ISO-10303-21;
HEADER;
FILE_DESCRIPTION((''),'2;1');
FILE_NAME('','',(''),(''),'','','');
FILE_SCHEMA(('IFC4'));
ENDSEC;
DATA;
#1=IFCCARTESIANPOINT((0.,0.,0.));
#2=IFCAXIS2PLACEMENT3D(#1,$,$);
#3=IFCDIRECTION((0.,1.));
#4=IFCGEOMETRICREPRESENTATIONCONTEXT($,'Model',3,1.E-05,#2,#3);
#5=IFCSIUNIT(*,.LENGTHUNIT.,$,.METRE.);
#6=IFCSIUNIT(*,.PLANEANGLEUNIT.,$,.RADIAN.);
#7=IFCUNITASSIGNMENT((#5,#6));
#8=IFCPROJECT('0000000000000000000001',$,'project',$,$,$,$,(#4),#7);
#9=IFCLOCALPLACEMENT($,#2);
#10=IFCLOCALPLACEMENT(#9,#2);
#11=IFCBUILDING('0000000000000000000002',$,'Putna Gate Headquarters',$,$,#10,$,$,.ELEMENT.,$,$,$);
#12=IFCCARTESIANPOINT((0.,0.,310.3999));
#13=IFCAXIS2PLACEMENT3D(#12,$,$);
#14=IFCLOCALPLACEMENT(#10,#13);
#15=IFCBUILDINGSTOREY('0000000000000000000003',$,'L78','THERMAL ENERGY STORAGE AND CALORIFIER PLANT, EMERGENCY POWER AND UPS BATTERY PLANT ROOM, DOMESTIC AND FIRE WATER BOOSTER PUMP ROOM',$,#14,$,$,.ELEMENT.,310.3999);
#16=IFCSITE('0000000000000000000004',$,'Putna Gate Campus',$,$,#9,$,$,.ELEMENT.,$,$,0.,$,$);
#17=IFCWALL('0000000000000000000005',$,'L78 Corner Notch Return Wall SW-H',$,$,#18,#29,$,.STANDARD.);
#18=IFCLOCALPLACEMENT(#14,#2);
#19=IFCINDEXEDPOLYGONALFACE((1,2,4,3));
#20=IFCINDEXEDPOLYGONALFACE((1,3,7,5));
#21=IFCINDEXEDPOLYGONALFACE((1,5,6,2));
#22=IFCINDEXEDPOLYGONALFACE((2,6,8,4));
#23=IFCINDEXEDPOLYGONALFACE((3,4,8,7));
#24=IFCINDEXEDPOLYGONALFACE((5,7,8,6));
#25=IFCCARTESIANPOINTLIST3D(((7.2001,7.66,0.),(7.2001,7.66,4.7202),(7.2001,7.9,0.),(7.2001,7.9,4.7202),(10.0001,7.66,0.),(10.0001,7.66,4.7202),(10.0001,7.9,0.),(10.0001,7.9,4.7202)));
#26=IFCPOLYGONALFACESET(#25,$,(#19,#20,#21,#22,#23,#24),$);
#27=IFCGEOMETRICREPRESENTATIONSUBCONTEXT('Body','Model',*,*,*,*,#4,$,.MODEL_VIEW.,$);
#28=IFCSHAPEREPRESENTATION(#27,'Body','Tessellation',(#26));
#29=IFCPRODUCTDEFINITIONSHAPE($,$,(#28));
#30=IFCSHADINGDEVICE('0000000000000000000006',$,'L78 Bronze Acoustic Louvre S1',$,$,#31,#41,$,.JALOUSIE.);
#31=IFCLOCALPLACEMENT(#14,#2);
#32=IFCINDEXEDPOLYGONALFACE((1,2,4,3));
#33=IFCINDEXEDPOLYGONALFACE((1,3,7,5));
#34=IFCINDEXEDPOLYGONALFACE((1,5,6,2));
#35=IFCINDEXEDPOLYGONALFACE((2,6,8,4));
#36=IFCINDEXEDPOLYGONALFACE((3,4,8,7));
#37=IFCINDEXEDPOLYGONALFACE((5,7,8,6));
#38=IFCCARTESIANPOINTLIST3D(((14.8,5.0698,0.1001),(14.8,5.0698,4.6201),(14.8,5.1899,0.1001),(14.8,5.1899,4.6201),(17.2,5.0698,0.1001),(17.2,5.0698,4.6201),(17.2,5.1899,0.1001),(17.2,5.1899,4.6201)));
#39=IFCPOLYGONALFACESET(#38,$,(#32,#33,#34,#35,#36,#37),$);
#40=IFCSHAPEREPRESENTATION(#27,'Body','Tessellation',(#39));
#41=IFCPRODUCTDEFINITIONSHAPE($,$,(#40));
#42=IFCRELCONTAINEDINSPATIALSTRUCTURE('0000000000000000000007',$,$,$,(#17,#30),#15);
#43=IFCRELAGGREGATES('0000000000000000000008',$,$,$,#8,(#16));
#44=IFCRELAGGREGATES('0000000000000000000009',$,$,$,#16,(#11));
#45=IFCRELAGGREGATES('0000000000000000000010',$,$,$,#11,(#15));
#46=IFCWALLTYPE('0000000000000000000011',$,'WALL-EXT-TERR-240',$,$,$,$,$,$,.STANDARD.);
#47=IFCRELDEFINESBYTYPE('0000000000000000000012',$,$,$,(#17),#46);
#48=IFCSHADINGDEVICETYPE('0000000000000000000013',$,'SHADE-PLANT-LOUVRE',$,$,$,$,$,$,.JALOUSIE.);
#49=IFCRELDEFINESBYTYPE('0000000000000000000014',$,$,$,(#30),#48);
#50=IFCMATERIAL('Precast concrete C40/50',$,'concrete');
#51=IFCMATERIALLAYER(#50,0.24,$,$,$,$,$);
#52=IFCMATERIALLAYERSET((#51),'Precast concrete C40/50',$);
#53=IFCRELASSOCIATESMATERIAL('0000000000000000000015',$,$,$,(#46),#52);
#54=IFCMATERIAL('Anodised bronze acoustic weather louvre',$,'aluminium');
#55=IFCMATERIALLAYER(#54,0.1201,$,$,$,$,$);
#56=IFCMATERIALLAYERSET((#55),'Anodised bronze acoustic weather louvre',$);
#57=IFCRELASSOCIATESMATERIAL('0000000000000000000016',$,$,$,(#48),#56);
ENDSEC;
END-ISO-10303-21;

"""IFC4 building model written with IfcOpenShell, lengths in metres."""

from ifc_helpers import new_model, si_unit, direction, frame, frame_2d, origin, origin_2d, place, context, subcontext, project, spatial, rectangle, extrude, material, layer, layer_set, type_object, element, save


model = new_model("IFC4")

# Units and contexts
model_context = context("Model", 3, precision=1e-05, world=origin(), true_north=direction((0.0, 1.0)))
body_context = subcontext(model_context, "Body", "Model", "MODEL_VIEW")
ifc_project = project(units=[si_unit("LENGTHUNIT", "METRE"), si_unit("PLANEANGLEUNIT", "RADIAN")], contexts=[model_context])

# Site, building, storey
site_placement = place(None, origin())
site = spatial("IfcSite", under=ifc_project, at=site_placement, Name="Putna Gate Campus", CompositionType="ELEMENT", RefElevation=0.0)
building_placement = place(site_placement, origin())
building = spatial("IfcBuilding", under=site, at=building_placement, Name="Putna Gate Headquarters", CompositionType="ELEMENT")
storey_placement = place(building_placement, frame((0.0, 0.0, 310.3999)))
storey = spatial("IfcBuildingStorey", under=building, at=storey_placement, Name="L78", Description="THERMAL ENERGY STORAGE AND CALORIFIER PLANT, EMERGENCY POWER AND UPS BATTERY PLANT ROOM, DOMESTIC AND FIRE WATER BOOSTER PUMP ROOM", CompositionType="ELEMENT", Elevation=310.3999)

# Wall
ifc_material_1 = material(Name="Precast concrete C40/50", Category="concrete")
ifc_layer_1 = layer(ifc_material_1, 0.24)
ifc_layer_set_1 = layer_set([ifc_layer_1], Name="Precast concrete C40/50")
wall_type = type_object("IfcWallType", Name="WALL-EXT-TERR-240", PredefinedType="STANDARD", material=ifc_layer_set_1)
wall_1_placement = place(storey_placement, frame((10.0, 7.78, 0.0), z_axis=(0.0, 0.0, 1.0), x_axis=(-1.0, 0.0, 0.0)))
element("IfcWall", 1, at=wall_1_placement, inside=storey, type_object=wall_type, Name="L78 Corner Notch Return Wall SW-H", PredefinedType="STANDARD", context=body_context, shape_type="SweptSolid", body=[
    extrude(rectangle(XDim=2.8, YDim=0.24, at=frame_2d((1.3999, 0.0))), origin(), (0.0, 0.0, 1.0), 4.7202),
])

# Shading device
ifc_material_2 = material(Name="Anodised bronze acoustic weather louvre", Category="aluminium")
ifc_layer_2 = layer(ifc_material_2, 0.1201)
ifc_layer_set_2 = layer_set([ifc_layer_2], Name="Anodised bronze acoustic weather louvre")
shading_device_type = type_object("IfcShadingDeviceType", Name="SHADE-PLANT-LOUVRE", PredefinedType="JALOUSIE", material=ifc_layer_set_2)
shading_device_placement = place(storey_placement, frame((16.0, 5.1299, 0.1001), z_axis=(0.0, 0.0, 1.0), x_axis=(1.0, 0.0, 0.0)))
element("IfcShadingDevice", 2, at=shading_device_placement, inside=storey, type_object=shading_device_type, Name="L78 Bronze Acoustic Louvre S1", PredefinedType="JALOUSIE", context=body_context, shape_type="SweptSolid", body=[
    extrude(rectangle(XDim=2.3999, YDim=0.1201, at=origin_2d()), origin(), (0.0, 0.0, 1.0), 4.52),
])

save(model, "model.ifc")
